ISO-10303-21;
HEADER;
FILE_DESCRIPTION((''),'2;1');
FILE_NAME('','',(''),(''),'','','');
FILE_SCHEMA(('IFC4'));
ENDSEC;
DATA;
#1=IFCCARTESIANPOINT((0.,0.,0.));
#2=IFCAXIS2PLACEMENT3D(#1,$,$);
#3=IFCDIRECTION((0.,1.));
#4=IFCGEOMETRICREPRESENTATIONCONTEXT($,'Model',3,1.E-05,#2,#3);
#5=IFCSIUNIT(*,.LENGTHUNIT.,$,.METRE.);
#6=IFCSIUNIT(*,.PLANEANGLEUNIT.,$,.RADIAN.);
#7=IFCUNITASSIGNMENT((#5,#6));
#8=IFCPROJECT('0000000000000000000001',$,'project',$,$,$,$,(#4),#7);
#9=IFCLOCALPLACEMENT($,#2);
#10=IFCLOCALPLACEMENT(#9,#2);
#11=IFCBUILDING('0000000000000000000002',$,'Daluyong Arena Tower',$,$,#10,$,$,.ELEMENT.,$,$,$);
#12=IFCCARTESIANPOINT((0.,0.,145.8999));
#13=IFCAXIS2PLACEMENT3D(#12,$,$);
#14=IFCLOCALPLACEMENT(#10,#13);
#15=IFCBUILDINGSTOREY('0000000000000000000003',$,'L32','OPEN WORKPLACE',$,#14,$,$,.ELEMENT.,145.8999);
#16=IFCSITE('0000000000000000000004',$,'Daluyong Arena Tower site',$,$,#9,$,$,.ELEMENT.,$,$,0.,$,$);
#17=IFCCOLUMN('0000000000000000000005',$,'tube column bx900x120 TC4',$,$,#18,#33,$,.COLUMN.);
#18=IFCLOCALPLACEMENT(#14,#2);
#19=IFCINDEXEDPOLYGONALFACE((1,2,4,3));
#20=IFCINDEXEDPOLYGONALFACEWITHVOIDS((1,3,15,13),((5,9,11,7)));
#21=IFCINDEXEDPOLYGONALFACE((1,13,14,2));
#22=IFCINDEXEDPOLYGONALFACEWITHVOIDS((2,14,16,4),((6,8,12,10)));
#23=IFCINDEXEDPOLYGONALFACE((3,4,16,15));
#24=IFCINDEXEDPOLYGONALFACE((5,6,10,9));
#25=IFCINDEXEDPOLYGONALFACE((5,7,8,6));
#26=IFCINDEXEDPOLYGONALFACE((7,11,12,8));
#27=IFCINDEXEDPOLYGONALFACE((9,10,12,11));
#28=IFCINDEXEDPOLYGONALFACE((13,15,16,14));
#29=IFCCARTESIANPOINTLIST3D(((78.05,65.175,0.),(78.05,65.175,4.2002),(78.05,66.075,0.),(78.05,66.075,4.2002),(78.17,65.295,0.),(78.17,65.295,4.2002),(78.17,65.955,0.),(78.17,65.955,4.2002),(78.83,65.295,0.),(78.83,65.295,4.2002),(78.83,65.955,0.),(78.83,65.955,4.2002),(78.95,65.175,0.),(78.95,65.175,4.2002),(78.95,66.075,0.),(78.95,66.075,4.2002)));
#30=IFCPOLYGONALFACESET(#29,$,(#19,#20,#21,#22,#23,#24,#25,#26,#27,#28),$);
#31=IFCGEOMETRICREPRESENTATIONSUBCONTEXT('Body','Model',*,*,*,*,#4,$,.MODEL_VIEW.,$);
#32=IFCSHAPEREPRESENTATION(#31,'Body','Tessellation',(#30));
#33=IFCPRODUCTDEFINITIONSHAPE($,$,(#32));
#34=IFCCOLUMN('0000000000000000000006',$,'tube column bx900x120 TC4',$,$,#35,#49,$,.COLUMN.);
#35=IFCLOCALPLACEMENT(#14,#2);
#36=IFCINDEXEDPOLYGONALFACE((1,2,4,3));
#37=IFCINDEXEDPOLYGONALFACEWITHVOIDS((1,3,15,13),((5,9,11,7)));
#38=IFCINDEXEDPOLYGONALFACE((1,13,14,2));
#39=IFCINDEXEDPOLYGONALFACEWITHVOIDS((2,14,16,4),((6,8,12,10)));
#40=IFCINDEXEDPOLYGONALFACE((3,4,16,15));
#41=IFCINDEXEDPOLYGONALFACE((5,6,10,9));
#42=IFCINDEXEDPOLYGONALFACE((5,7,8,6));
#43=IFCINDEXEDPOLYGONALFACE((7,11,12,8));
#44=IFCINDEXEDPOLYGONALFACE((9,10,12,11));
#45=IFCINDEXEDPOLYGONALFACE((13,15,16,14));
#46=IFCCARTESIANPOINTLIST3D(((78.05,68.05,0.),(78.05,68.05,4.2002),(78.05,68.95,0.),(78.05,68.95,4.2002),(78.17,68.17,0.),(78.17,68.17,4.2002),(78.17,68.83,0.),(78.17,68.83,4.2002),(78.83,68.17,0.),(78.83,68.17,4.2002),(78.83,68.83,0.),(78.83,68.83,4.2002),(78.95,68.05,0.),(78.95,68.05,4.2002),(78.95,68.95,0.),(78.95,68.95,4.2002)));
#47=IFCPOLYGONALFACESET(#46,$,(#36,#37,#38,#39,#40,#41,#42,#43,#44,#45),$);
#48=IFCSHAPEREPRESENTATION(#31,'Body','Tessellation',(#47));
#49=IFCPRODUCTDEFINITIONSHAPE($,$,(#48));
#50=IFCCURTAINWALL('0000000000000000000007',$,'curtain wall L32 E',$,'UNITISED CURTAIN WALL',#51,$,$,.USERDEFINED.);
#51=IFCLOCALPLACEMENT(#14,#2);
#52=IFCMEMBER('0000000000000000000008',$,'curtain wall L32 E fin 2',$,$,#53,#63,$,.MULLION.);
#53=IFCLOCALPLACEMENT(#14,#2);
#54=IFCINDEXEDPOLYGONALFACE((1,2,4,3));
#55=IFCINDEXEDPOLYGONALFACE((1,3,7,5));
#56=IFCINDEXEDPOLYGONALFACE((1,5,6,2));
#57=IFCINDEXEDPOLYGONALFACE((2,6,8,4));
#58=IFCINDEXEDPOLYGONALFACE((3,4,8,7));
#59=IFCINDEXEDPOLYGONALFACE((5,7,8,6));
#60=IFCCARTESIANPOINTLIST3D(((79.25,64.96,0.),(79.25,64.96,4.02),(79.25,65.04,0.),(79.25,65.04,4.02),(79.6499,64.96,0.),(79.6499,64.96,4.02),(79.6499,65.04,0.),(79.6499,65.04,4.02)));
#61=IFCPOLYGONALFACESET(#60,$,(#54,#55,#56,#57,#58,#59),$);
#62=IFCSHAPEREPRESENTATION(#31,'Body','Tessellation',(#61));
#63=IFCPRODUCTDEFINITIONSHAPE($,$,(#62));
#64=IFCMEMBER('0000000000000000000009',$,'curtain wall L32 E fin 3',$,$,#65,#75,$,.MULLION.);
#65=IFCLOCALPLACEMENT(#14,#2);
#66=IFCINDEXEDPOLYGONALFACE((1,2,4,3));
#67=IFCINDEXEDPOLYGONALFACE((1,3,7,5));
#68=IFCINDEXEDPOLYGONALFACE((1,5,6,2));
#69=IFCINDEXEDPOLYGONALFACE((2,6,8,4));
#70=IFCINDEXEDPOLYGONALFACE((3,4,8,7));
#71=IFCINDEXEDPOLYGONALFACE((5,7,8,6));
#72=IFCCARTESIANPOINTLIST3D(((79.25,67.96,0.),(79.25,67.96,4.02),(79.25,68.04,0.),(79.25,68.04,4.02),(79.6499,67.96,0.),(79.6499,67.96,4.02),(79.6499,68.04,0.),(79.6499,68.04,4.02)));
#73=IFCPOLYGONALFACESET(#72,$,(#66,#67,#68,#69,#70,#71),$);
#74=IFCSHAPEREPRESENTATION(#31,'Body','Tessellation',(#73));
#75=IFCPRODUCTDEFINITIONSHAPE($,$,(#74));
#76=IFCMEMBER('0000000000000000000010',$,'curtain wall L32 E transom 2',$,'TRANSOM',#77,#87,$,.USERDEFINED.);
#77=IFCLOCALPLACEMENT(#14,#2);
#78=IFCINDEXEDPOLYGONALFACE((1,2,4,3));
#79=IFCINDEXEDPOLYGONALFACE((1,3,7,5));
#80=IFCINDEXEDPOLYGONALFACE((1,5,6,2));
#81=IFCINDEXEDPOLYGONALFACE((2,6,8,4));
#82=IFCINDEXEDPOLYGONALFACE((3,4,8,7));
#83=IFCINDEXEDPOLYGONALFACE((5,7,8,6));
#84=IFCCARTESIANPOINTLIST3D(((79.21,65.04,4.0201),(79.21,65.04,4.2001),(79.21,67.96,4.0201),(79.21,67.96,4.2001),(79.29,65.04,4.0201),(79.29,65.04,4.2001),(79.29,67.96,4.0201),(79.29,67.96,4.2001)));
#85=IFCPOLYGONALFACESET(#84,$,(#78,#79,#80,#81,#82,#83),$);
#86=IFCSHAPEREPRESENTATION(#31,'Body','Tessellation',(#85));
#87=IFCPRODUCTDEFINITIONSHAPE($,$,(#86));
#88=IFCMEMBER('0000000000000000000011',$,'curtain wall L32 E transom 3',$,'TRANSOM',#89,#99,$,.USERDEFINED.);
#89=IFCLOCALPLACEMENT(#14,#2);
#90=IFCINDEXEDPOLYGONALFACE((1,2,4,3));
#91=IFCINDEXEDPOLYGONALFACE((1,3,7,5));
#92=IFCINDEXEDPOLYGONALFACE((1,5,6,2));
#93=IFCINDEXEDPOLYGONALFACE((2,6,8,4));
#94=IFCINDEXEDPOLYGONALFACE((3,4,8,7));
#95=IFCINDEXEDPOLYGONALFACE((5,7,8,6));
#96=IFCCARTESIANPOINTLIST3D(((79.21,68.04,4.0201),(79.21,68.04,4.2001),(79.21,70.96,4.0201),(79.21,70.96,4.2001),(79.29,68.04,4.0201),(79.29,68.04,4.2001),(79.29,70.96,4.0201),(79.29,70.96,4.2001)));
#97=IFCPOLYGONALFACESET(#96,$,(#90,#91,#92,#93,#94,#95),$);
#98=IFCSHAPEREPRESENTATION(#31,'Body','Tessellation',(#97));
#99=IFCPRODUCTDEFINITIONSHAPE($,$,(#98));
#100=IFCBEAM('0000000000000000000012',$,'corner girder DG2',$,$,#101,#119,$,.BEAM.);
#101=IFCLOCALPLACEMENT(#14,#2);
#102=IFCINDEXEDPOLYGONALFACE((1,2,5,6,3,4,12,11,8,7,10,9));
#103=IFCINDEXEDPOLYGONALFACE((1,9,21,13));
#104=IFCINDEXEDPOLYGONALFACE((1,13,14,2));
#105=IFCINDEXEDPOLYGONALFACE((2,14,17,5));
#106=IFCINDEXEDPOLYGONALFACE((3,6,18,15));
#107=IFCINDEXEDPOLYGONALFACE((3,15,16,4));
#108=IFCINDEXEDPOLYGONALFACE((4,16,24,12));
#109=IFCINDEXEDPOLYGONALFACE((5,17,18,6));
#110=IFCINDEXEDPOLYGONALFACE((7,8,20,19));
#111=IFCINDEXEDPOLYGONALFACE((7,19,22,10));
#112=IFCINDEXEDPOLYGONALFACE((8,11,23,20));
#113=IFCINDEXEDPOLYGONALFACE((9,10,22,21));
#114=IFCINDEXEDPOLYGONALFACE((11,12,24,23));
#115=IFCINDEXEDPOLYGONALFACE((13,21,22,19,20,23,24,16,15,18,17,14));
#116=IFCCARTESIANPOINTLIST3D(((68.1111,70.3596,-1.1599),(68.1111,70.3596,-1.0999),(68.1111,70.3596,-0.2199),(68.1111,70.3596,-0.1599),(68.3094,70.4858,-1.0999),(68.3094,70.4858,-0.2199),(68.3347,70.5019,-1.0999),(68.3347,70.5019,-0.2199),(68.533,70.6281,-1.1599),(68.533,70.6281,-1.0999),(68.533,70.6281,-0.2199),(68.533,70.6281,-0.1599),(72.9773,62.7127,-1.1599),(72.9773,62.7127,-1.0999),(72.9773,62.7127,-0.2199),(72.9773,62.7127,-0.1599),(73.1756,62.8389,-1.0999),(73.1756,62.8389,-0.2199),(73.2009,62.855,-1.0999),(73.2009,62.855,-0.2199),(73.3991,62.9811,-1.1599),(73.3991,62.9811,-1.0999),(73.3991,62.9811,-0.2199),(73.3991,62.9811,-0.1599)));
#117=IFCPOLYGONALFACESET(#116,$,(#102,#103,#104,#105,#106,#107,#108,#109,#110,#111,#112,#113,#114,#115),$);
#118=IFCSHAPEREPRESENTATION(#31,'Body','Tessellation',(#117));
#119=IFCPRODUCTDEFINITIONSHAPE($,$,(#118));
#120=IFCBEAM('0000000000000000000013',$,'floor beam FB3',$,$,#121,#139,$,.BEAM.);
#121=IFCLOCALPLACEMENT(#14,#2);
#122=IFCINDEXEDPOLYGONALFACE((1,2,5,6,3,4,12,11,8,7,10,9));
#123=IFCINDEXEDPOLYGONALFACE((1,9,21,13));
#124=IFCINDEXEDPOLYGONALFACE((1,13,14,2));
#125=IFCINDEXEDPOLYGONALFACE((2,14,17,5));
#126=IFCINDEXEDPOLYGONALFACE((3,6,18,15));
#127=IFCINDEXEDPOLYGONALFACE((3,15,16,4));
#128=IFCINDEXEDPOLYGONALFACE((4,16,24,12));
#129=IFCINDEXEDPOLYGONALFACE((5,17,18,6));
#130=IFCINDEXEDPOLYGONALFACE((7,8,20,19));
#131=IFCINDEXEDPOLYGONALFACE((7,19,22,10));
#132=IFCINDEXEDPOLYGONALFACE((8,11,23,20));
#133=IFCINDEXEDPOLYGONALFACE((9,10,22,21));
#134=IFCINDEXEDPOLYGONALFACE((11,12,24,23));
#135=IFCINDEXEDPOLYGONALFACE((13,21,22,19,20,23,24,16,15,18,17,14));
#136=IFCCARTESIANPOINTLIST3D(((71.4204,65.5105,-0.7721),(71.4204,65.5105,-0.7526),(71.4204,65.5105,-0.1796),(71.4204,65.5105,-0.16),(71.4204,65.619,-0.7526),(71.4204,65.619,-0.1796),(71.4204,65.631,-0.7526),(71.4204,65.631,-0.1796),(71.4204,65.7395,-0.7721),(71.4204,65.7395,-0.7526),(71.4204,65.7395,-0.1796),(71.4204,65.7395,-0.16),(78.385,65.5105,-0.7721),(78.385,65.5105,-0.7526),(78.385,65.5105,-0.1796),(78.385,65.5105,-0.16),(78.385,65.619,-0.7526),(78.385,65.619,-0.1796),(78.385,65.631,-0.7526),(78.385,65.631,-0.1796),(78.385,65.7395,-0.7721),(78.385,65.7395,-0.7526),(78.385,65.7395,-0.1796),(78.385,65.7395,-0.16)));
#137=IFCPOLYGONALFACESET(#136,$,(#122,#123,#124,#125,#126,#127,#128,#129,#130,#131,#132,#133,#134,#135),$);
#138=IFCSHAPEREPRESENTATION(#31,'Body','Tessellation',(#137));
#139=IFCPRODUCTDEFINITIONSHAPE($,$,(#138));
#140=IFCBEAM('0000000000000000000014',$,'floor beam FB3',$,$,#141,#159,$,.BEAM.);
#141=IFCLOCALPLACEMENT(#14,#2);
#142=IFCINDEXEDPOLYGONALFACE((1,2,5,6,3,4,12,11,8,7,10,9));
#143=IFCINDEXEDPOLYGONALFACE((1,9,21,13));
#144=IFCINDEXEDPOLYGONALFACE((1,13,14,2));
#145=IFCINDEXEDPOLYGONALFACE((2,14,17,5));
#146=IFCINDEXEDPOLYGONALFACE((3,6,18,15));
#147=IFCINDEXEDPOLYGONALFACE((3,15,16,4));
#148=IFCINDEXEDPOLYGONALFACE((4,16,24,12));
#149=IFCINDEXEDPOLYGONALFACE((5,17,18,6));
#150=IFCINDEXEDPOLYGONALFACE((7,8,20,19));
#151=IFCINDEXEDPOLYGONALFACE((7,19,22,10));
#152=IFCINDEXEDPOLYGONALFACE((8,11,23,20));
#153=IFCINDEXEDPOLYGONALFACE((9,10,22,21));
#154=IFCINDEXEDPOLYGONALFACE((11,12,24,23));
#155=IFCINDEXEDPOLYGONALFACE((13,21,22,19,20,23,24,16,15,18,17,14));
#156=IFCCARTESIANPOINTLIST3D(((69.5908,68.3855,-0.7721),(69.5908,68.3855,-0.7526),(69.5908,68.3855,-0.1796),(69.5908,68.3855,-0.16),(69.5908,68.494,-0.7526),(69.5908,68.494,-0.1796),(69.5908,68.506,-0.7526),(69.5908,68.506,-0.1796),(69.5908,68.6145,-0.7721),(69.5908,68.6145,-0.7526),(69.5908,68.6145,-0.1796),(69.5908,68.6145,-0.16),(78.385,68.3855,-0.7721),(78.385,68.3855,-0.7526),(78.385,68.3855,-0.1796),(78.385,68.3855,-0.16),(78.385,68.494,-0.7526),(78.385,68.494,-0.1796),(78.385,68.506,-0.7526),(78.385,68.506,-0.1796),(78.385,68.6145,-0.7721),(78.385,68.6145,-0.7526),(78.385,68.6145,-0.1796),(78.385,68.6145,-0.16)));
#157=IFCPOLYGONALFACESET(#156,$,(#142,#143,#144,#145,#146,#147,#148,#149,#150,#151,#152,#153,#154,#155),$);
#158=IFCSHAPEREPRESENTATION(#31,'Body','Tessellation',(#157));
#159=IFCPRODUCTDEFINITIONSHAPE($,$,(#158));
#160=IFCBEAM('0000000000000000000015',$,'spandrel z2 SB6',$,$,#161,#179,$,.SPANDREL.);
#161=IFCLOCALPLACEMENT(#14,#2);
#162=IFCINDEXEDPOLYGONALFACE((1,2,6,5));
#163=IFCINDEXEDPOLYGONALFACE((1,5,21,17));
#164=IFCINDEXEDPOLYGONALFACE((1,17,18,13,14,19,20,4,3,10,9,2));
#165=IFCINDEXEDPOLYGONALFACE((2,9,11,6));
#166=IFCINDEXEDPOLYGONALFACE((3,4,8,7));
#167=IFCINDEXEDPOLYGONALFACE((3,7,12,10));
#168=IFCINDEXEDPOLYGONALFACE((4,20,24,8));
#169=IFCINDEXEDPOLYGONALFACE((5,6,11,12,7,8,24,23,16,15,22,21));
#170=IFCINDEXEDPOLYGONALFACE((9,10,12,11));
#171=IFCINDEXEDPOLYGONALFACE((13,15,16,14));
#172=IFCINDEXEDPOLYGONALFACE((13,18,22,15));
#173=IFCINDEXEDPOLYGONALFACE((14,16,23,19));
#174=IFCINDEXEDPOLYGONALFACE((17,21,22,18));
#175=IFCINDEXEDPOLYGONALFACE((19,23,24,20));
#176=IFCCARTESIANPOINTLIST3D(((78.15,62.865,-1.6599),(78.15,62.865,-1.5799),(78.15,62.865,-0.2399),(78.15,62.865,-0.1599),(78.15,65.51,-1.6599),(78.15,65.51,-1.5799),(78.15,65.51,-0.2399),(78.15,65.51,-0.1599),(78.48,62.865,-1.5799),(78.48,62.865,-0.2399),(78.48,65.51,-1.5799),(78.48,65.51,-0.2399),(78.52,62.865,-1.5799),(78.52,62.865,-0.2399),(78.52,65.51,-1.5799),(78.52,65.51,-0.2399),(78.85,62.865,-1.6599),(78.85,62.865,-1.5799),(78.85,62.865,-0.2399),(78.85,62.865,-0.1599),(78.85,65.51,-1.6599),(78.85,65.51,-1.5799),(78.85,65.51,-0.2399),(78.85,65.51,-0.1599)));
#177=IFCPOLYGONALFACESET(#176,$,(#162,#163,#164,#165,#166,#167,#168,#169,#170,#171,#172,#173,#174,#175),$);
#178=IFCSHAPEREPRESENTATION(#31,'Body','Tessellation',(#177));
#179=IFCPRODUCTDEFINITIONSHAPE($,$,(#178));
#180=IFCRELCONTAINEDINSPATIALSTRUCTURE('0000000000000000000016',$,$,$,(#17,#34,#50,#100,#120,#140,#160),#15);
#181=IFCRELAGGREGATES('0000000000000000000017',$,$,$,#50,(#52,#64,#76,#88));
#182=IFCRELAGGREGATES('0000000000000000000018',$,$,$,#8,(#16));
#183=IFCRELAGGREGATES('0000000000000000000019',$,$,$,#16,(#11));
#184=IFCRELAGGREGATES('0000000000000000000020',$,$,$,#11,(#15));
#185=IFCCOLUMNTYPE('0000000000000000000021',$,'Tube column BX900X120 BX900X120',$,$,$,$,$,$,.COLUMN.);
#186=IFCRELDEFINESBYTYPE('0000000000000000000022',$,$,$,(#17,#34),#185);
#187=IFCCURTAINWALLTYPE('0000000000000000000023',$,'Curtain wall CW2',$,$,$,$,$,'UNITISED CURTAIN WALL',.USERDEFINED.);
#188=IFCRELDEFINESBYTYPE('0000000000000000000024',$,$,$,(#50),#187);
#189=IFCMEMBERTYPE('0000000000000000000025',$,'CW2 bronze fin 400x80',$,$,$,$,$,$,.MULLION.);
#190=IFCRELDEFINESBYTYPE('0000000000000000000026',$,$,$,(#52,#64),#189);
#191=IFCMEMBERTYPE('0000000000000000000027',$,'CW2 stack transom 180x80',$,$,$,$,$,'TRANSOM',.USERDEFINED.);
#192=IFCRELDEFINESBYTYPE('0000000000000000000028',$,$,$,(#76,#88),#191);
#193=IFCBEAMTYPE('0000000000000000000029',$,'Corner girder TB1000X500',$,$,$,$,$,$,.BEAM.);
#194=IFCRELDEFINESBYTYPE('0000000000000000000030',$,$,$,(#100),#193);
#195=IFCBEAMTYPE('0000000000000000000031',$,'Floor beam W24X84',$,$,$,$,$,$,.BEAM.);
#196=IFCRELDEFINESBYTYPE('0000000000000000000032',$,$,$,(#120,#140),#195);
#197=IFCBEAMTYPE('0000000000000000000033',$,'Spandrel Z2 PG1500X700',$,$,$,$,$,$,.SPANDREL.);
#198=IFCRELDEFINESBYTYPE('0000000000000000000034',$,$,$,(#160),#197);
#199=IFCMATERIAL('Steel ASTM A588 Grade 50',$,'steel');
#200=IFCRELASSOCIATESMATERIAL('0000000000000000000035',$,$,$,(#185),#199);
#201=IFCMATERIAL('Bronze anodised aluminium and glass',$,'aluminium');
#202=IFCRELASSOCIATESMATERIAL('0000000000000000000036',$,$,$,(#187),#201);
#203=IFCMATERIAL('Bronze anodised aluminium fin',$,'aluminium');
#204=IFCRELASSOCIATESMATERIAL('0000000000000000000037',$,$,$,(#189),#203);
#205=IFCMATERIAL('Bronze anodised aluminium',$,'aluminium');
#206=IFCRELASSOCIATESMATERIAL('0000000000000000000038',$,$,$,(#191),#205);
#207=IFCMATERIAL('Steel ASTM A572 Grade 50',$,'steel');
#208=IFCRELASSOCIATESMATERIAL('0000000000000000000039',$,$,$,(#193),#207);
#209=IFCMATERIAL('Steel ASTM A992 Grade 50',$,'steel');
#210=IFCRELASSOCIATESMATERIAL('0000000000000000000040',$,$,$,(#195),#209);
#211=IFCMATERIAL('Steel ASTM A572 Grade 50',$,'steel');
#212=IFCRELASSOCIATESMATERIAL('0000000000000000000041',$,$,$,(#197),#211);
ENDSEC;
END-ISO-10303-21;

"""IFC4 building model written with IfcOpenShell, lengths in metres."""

from ifc_helpers import new_model, si_unit, direction, frame, origin, origin_2d, place, context, subcontext, project, spatial, rectangle, hollow_rectangle, i_section, extrude, material, material_profile, profile_set, type_object, element, aggregate, save


model = new_model("IFC4")

# Units and contexts
model_context = context("Model", 3, precision=1e-05, world=origin(), true_north=direction((0.0, 1.0)))
body_context = subcontext(model_context, "Body", "Model", "MODEL_VIEW")
ifc_project = project(units=[si_unit("LENGTHUNIT", "METRE"), si_unit("PLANEANGLEUNIT", "RADIAN")], contexts=[model_context])

# Site, building, storey
site_placement = place(None, origin())
site = spatial("IfcSite", under=ifc_project, at=site_placement, Name="Daluyong Arena Tower site", CompositionType="ELEMENT", RefElevation=0.0)
building_placement = place(site_placement, origin())
building = spatial("IfcBuilding", under=site, at=building_placement, Name="Daluyong Arena Tower", CompositionType="ELEMENT")
storey_placement = place(building_placement, frame((0.0, 0.0, 145.8999)))
storey = spatial("IfcBuildingStorey", under=building, at=storey_placement, Name="L32", Description="OPEN WORKPLACE", CompositionType="ELEMENT", Elevation=145.8999)

# Columns
ifc_material_1 = material(Name="Steel ASTM A588 Grade 50", Category="steel")
ifc_material_profile_1 = material_profile(ifc_material_1, hollow_rectangle(XDim=0.8999, YDim=0.8999, WallThickness=0.12, at=origin_2d()))
ifc_profile_set_1 = profile_set([ifc_material_profile_1], Name="Steel ASTM A588 Grade 50")
column_type = type_object("IfcColumnType", Name="Tube column BX900X120 BX900X120", PredefinedType="COLUMN", material=ifc_profile_set_1)
for number, where, z_axis, x_axis, name in (
    (1, (78.5, 65.625, 0.0), (0.0, 0.0, 1.0), (0.0, 1.0, 0.0), "tube column bx900x120 TC4"),
    (2, (78.5, 68.5, 0.0), (0.0, 0.0, 1.0), (0.0, 1.0, 0.0), "tube column bx900x120 TC4"),
):
    element("IfcColumn", number, at=place(storey_placement, frame(where, z_axis=z_axis, x_axis=x_axis)), inside=storey, type_object=column_type, Name=name, PredefinedType="COLUMN", context=body_context, shape_type="SweptSolid", body=[
        extrude(hollow_rectangle(XDim=0.8999, YDim=0.8999, WallThickness=0.12, at=origin_2d()), origin(), (0.0, 0.0, 1.0), 4.2002),
    ])

# Curtain wall, members
ifc_material_2 = material(Name="Bronze anodised aluminium and glass", Category="aluminium")
curtain_wall_type = type_object("IfcCurtainWallType", Name="Curtain wall CW2", ElementType="UNITISED CURTAIN WALL", PredefinedType="USERDEFINED", material=ifc_material_2)
curtain_wall_placement = place(storey_placement, origin())
curtain_wall = element("IfcCurtainWall", 3, at=curtain_wall_placement, inside=storey, type_object=curtain_wall_type, Name="curtain wall L32 E", ObjectType="UNITISED CURTAIN WALL", PredefinedType="USERDEFINED")
ifc_material_3 = material(Name="Bronze anodised aluminium fin", Category="aluminium")
ifc_material_profile_2 = material_profile(ifc_material_3, rectangle(XDim=0.3999, YDim=0.0801, at=origin_2d()))
ifc_profile_set_2 = profile_set([ifc_material_profile_2], Name="Bronze anodised aluminium fin")
member_type_1 = type_object("IfcMemberType", Name="CW2 bronze fin 400x80", PredefinedType="MULLION", material=ifc_profile_set_2)
member_1_placement = place(storey_placement, frame((79.45, 65.0, 0.0), z_axis=(0.0, 0.0, 1.0), x_axis=(-1.0, 0.0, 0.0)))
member_1 = element("IfcMember", 4, at=member_1_placement, type_object=member_type_1, Name="curtain wall L32 E fin 2", PredefinedType="MULLION", context=body_context, shape_type="SweptSolid", body=[
    extrude(rectangle(XDim=0.3999, YDim=0.0801, at=origin_2d()), origin(), (0.0, 0.0, 1.0), 4.02),
])
member_2_placement = place(storey_placement, frame((79.45, 68.0, 0.0), z_axis=(0.0, 0.0, 1.0), x_axis=(-1.0, 0.0, 0.0)))
member_2 = element("IfcMember", 5, at=member_2_placement, type_object=member_type_1, Name="curtain wall L32 E fin 3", PredefinedType="MULLION", context=body_context, shape_type="SweptSolid", body=[
    extrude(rectangle(XDim=0.3999, YDim=0.0801, at=origin_2d()), origin(), (0.0, 0.0, 1.0), 4.02),
])
ifc_material_4 = material(Name="Bronze anodised aluminium", Category="aluminium")
ifc_material_profile_3 = material_profile(ifc_material_4, rectangle(XDim=0.0801, YDim=0.1799, at=origin_2d()))
ifc_profile_set_3 = profile_set([ifc_material_profile_3], Name="Bronze anodised aluminium")
member_type_2 = type_object("IfcMemberType", Name="CW2 stack transom 180x80", ElementType="TRANSOM", PredefinedType="USERDEFINED", material=ifc_profile_set_3)
member_3_placement = place(storey_placement, frame((79.25, 65.04, 4.1101), z_axis=(0.0, 1.0, 0.0), x_axis=(-1.0, 0.0, 0.0)))
member_3 = element("IfcMember", 6, at=member_3_placement, type_object=member_type_2, Name="curtain wall L32 E transom 2", ObjectType="TRANSOM", PredefinedType="USERDEFINED", context=body_context, shape_type="SweptSolid", body=[
    extrude(rectangle(XDim=0.0801, YDim=0.1799, at=origin_2d()), origin(), (0.0, 0.0, 1.0), 2.9199),
])
member_4_placement = place(storey_placement, frame((79.25, 68.04, 4.1101), z_axis=(0.0, 1.0, 0.0), x_axis=(-1.0, 0.0, 0.0)))
member_4 = element("IfcMember", 7, at=member_4_placement, type_object=member_type_2, Name="curtain wall L32 E transom 3", ObjectType="TRANSOM", PredefinedType="USERDEFINED", context=body_context, shape_type="SweptSolid", body=[
    extrude(rectangle(XDim=0.0801, YDim=0.1799, at=origin_2d()), origin(), (0.0, 0.0, 1.0), 2.9199),
])

# Beams
ifc_material_5 = material(Name="Steel ASTM A572 Grade 50", Category="steel")
ifc_material_profile_4 = material_profile(ifc_material_5, i_section(OverallWidth=0.5, OverallDepth=1.0, WebThickness=0.03, FlangeThickness=0.06, at=origin_2d()))
ifc_profile_set_4 = profile_set([ifc_material_profile_4], Name="Steel ASTM A572 Grade 50")
beam_type_1 = type_object("IfcBeamType", Name="Corner girder TB1000X500", PredefinedType="BEAM", material=ifc_profile_set_4)
beam_1_placement = place(storey_placement, frame((73.1882, 62.8469, -0.6599), z_axis=(-0.536872, 0.843664, 0.0), x_axis=(-0.843664, -0.536872, 0.0)))
element("IfcBeam", 8, at=beam_1_placement, inside=storey, type_object=beam_type_1, Name="corner girder DG2", PredefinedType="BEAM", context=body_context, shape_type="SweptSolid", body=[
    extrude(i_section(OverallWidth=0.5, OverallDepth=1.0, WebThickness=0.03, FlangeThickness=0.06, at=origin_2d()), origin(), (0.0, 0.0, 1.0), 9.064),
])
ifc_material_6 = material(Name="Steel ASTM A992 Grade 50", Category="steel")
ifc_material_profile_5 = material_profile(ifc_material_6, i_section(OverallWidth=0.229, OverallDepth=0.6121, WebThickness=0.012, FlangeThickness=0.0195, at=origin_2d()))
ifc_profile_set_5 = profile_set([ifc_material_profile_5], Name="Steel ASTM A992 Grade 50")
beam_type_2 = type_object("IfcBeamType", Name="Floor beam W24X84", PredefinedType="BEAM", material=ifc_profile_set_5)
beam_2_placement = place(storey_placement, frame((78.385, 65.625, -0.4661), z_axis=(-1.0, 0.0, 0.0), x_axis=(0.0, -1.0, 0.0)))
element("IfcBeam", 9, at=beam_2_placement, inside=storey, type_object=beam_type_2, Name="floor beam FB3", PredefinedType="BEAM", context=body_context, shape_type="SweptSolid", body=[
    extrude(i_section(OverallWidth=0.229, OverallDepth=0.6121, WebThickness=0.012, FlangeThickness=0.0195, at=origin_2d()), origin(), (0.0, 0.0, 1.0), 6.9646),
])
beam_3_placement = place(storey_placement, frame((78.385, 68.5, -0.4661), z_axis=(-1.0, 0.0, 0.0), x_axis=(0.0, -1.0, 0.0)))
element("IfcBeam", 10, at=beam_3_placement, inside=storey, type_object=beam_type_2, Name="floor beam FB3", PredefinedType="BEAM", context=body_context, shape_type="SweptSolid", body=[
    extrude(i_section(OverallWidth=0.229, OverallDepth=0.6121, WebThickness=0.012, FlangeThickness=0.0195, at=origin_2d()), origin(), (0.0, 0.0, 1.0), 8.7942),
])
ifc_material_7 = material(Name="Steel ASTM A572 Grade 50", Category="steel")
ifc_material_profile_6 = material_profile(ifc_material_7, i_section(OverallWidth=0.7, OverallDepth=1.5, WebThickness=0.04, FlangeThickness=0.08, at=origin_2d()))
ifc_profile_set_6 = profile_set([ifc_material_profile_6], Name="Steel ASTM A572 Grade 50")
beam_type_3 = type_object("IfcBeamType", Name="Spandrel Z2 PG1500X700", PredefinedType="SPANDREL", material=ifc_profile_set_6)
for number, where, z_axis, x_axis, name in (
    (11, (78.5, 62.865, -0.9099), (0.0, 1.0, 0.0), (-1.0, 0.0, 0.0), "spandrel z2 SB6"),
):
    element("IfcBeam", number, at=place(storey_placement, frame(where, z_axis=z_axis, x_axis=x_axis)), inside=storey, type_object=beam_type_3, Name=name, PredefinedType="SPANDREL", context=body_context, shape_type="SweptSolid", body=[
        extrude(i_section(OverallWidth=0.7, OverallDepth=1.5, WebThickness=0.04, FlangeThickness=0.08, at=origin_2d()), origin(), (0.0, 0.0, 1.0), 2.645),
    ])

aggregate(curtain_wall, [member_1, member_2, member_3, member_4])

save(model, "model.ifc")
